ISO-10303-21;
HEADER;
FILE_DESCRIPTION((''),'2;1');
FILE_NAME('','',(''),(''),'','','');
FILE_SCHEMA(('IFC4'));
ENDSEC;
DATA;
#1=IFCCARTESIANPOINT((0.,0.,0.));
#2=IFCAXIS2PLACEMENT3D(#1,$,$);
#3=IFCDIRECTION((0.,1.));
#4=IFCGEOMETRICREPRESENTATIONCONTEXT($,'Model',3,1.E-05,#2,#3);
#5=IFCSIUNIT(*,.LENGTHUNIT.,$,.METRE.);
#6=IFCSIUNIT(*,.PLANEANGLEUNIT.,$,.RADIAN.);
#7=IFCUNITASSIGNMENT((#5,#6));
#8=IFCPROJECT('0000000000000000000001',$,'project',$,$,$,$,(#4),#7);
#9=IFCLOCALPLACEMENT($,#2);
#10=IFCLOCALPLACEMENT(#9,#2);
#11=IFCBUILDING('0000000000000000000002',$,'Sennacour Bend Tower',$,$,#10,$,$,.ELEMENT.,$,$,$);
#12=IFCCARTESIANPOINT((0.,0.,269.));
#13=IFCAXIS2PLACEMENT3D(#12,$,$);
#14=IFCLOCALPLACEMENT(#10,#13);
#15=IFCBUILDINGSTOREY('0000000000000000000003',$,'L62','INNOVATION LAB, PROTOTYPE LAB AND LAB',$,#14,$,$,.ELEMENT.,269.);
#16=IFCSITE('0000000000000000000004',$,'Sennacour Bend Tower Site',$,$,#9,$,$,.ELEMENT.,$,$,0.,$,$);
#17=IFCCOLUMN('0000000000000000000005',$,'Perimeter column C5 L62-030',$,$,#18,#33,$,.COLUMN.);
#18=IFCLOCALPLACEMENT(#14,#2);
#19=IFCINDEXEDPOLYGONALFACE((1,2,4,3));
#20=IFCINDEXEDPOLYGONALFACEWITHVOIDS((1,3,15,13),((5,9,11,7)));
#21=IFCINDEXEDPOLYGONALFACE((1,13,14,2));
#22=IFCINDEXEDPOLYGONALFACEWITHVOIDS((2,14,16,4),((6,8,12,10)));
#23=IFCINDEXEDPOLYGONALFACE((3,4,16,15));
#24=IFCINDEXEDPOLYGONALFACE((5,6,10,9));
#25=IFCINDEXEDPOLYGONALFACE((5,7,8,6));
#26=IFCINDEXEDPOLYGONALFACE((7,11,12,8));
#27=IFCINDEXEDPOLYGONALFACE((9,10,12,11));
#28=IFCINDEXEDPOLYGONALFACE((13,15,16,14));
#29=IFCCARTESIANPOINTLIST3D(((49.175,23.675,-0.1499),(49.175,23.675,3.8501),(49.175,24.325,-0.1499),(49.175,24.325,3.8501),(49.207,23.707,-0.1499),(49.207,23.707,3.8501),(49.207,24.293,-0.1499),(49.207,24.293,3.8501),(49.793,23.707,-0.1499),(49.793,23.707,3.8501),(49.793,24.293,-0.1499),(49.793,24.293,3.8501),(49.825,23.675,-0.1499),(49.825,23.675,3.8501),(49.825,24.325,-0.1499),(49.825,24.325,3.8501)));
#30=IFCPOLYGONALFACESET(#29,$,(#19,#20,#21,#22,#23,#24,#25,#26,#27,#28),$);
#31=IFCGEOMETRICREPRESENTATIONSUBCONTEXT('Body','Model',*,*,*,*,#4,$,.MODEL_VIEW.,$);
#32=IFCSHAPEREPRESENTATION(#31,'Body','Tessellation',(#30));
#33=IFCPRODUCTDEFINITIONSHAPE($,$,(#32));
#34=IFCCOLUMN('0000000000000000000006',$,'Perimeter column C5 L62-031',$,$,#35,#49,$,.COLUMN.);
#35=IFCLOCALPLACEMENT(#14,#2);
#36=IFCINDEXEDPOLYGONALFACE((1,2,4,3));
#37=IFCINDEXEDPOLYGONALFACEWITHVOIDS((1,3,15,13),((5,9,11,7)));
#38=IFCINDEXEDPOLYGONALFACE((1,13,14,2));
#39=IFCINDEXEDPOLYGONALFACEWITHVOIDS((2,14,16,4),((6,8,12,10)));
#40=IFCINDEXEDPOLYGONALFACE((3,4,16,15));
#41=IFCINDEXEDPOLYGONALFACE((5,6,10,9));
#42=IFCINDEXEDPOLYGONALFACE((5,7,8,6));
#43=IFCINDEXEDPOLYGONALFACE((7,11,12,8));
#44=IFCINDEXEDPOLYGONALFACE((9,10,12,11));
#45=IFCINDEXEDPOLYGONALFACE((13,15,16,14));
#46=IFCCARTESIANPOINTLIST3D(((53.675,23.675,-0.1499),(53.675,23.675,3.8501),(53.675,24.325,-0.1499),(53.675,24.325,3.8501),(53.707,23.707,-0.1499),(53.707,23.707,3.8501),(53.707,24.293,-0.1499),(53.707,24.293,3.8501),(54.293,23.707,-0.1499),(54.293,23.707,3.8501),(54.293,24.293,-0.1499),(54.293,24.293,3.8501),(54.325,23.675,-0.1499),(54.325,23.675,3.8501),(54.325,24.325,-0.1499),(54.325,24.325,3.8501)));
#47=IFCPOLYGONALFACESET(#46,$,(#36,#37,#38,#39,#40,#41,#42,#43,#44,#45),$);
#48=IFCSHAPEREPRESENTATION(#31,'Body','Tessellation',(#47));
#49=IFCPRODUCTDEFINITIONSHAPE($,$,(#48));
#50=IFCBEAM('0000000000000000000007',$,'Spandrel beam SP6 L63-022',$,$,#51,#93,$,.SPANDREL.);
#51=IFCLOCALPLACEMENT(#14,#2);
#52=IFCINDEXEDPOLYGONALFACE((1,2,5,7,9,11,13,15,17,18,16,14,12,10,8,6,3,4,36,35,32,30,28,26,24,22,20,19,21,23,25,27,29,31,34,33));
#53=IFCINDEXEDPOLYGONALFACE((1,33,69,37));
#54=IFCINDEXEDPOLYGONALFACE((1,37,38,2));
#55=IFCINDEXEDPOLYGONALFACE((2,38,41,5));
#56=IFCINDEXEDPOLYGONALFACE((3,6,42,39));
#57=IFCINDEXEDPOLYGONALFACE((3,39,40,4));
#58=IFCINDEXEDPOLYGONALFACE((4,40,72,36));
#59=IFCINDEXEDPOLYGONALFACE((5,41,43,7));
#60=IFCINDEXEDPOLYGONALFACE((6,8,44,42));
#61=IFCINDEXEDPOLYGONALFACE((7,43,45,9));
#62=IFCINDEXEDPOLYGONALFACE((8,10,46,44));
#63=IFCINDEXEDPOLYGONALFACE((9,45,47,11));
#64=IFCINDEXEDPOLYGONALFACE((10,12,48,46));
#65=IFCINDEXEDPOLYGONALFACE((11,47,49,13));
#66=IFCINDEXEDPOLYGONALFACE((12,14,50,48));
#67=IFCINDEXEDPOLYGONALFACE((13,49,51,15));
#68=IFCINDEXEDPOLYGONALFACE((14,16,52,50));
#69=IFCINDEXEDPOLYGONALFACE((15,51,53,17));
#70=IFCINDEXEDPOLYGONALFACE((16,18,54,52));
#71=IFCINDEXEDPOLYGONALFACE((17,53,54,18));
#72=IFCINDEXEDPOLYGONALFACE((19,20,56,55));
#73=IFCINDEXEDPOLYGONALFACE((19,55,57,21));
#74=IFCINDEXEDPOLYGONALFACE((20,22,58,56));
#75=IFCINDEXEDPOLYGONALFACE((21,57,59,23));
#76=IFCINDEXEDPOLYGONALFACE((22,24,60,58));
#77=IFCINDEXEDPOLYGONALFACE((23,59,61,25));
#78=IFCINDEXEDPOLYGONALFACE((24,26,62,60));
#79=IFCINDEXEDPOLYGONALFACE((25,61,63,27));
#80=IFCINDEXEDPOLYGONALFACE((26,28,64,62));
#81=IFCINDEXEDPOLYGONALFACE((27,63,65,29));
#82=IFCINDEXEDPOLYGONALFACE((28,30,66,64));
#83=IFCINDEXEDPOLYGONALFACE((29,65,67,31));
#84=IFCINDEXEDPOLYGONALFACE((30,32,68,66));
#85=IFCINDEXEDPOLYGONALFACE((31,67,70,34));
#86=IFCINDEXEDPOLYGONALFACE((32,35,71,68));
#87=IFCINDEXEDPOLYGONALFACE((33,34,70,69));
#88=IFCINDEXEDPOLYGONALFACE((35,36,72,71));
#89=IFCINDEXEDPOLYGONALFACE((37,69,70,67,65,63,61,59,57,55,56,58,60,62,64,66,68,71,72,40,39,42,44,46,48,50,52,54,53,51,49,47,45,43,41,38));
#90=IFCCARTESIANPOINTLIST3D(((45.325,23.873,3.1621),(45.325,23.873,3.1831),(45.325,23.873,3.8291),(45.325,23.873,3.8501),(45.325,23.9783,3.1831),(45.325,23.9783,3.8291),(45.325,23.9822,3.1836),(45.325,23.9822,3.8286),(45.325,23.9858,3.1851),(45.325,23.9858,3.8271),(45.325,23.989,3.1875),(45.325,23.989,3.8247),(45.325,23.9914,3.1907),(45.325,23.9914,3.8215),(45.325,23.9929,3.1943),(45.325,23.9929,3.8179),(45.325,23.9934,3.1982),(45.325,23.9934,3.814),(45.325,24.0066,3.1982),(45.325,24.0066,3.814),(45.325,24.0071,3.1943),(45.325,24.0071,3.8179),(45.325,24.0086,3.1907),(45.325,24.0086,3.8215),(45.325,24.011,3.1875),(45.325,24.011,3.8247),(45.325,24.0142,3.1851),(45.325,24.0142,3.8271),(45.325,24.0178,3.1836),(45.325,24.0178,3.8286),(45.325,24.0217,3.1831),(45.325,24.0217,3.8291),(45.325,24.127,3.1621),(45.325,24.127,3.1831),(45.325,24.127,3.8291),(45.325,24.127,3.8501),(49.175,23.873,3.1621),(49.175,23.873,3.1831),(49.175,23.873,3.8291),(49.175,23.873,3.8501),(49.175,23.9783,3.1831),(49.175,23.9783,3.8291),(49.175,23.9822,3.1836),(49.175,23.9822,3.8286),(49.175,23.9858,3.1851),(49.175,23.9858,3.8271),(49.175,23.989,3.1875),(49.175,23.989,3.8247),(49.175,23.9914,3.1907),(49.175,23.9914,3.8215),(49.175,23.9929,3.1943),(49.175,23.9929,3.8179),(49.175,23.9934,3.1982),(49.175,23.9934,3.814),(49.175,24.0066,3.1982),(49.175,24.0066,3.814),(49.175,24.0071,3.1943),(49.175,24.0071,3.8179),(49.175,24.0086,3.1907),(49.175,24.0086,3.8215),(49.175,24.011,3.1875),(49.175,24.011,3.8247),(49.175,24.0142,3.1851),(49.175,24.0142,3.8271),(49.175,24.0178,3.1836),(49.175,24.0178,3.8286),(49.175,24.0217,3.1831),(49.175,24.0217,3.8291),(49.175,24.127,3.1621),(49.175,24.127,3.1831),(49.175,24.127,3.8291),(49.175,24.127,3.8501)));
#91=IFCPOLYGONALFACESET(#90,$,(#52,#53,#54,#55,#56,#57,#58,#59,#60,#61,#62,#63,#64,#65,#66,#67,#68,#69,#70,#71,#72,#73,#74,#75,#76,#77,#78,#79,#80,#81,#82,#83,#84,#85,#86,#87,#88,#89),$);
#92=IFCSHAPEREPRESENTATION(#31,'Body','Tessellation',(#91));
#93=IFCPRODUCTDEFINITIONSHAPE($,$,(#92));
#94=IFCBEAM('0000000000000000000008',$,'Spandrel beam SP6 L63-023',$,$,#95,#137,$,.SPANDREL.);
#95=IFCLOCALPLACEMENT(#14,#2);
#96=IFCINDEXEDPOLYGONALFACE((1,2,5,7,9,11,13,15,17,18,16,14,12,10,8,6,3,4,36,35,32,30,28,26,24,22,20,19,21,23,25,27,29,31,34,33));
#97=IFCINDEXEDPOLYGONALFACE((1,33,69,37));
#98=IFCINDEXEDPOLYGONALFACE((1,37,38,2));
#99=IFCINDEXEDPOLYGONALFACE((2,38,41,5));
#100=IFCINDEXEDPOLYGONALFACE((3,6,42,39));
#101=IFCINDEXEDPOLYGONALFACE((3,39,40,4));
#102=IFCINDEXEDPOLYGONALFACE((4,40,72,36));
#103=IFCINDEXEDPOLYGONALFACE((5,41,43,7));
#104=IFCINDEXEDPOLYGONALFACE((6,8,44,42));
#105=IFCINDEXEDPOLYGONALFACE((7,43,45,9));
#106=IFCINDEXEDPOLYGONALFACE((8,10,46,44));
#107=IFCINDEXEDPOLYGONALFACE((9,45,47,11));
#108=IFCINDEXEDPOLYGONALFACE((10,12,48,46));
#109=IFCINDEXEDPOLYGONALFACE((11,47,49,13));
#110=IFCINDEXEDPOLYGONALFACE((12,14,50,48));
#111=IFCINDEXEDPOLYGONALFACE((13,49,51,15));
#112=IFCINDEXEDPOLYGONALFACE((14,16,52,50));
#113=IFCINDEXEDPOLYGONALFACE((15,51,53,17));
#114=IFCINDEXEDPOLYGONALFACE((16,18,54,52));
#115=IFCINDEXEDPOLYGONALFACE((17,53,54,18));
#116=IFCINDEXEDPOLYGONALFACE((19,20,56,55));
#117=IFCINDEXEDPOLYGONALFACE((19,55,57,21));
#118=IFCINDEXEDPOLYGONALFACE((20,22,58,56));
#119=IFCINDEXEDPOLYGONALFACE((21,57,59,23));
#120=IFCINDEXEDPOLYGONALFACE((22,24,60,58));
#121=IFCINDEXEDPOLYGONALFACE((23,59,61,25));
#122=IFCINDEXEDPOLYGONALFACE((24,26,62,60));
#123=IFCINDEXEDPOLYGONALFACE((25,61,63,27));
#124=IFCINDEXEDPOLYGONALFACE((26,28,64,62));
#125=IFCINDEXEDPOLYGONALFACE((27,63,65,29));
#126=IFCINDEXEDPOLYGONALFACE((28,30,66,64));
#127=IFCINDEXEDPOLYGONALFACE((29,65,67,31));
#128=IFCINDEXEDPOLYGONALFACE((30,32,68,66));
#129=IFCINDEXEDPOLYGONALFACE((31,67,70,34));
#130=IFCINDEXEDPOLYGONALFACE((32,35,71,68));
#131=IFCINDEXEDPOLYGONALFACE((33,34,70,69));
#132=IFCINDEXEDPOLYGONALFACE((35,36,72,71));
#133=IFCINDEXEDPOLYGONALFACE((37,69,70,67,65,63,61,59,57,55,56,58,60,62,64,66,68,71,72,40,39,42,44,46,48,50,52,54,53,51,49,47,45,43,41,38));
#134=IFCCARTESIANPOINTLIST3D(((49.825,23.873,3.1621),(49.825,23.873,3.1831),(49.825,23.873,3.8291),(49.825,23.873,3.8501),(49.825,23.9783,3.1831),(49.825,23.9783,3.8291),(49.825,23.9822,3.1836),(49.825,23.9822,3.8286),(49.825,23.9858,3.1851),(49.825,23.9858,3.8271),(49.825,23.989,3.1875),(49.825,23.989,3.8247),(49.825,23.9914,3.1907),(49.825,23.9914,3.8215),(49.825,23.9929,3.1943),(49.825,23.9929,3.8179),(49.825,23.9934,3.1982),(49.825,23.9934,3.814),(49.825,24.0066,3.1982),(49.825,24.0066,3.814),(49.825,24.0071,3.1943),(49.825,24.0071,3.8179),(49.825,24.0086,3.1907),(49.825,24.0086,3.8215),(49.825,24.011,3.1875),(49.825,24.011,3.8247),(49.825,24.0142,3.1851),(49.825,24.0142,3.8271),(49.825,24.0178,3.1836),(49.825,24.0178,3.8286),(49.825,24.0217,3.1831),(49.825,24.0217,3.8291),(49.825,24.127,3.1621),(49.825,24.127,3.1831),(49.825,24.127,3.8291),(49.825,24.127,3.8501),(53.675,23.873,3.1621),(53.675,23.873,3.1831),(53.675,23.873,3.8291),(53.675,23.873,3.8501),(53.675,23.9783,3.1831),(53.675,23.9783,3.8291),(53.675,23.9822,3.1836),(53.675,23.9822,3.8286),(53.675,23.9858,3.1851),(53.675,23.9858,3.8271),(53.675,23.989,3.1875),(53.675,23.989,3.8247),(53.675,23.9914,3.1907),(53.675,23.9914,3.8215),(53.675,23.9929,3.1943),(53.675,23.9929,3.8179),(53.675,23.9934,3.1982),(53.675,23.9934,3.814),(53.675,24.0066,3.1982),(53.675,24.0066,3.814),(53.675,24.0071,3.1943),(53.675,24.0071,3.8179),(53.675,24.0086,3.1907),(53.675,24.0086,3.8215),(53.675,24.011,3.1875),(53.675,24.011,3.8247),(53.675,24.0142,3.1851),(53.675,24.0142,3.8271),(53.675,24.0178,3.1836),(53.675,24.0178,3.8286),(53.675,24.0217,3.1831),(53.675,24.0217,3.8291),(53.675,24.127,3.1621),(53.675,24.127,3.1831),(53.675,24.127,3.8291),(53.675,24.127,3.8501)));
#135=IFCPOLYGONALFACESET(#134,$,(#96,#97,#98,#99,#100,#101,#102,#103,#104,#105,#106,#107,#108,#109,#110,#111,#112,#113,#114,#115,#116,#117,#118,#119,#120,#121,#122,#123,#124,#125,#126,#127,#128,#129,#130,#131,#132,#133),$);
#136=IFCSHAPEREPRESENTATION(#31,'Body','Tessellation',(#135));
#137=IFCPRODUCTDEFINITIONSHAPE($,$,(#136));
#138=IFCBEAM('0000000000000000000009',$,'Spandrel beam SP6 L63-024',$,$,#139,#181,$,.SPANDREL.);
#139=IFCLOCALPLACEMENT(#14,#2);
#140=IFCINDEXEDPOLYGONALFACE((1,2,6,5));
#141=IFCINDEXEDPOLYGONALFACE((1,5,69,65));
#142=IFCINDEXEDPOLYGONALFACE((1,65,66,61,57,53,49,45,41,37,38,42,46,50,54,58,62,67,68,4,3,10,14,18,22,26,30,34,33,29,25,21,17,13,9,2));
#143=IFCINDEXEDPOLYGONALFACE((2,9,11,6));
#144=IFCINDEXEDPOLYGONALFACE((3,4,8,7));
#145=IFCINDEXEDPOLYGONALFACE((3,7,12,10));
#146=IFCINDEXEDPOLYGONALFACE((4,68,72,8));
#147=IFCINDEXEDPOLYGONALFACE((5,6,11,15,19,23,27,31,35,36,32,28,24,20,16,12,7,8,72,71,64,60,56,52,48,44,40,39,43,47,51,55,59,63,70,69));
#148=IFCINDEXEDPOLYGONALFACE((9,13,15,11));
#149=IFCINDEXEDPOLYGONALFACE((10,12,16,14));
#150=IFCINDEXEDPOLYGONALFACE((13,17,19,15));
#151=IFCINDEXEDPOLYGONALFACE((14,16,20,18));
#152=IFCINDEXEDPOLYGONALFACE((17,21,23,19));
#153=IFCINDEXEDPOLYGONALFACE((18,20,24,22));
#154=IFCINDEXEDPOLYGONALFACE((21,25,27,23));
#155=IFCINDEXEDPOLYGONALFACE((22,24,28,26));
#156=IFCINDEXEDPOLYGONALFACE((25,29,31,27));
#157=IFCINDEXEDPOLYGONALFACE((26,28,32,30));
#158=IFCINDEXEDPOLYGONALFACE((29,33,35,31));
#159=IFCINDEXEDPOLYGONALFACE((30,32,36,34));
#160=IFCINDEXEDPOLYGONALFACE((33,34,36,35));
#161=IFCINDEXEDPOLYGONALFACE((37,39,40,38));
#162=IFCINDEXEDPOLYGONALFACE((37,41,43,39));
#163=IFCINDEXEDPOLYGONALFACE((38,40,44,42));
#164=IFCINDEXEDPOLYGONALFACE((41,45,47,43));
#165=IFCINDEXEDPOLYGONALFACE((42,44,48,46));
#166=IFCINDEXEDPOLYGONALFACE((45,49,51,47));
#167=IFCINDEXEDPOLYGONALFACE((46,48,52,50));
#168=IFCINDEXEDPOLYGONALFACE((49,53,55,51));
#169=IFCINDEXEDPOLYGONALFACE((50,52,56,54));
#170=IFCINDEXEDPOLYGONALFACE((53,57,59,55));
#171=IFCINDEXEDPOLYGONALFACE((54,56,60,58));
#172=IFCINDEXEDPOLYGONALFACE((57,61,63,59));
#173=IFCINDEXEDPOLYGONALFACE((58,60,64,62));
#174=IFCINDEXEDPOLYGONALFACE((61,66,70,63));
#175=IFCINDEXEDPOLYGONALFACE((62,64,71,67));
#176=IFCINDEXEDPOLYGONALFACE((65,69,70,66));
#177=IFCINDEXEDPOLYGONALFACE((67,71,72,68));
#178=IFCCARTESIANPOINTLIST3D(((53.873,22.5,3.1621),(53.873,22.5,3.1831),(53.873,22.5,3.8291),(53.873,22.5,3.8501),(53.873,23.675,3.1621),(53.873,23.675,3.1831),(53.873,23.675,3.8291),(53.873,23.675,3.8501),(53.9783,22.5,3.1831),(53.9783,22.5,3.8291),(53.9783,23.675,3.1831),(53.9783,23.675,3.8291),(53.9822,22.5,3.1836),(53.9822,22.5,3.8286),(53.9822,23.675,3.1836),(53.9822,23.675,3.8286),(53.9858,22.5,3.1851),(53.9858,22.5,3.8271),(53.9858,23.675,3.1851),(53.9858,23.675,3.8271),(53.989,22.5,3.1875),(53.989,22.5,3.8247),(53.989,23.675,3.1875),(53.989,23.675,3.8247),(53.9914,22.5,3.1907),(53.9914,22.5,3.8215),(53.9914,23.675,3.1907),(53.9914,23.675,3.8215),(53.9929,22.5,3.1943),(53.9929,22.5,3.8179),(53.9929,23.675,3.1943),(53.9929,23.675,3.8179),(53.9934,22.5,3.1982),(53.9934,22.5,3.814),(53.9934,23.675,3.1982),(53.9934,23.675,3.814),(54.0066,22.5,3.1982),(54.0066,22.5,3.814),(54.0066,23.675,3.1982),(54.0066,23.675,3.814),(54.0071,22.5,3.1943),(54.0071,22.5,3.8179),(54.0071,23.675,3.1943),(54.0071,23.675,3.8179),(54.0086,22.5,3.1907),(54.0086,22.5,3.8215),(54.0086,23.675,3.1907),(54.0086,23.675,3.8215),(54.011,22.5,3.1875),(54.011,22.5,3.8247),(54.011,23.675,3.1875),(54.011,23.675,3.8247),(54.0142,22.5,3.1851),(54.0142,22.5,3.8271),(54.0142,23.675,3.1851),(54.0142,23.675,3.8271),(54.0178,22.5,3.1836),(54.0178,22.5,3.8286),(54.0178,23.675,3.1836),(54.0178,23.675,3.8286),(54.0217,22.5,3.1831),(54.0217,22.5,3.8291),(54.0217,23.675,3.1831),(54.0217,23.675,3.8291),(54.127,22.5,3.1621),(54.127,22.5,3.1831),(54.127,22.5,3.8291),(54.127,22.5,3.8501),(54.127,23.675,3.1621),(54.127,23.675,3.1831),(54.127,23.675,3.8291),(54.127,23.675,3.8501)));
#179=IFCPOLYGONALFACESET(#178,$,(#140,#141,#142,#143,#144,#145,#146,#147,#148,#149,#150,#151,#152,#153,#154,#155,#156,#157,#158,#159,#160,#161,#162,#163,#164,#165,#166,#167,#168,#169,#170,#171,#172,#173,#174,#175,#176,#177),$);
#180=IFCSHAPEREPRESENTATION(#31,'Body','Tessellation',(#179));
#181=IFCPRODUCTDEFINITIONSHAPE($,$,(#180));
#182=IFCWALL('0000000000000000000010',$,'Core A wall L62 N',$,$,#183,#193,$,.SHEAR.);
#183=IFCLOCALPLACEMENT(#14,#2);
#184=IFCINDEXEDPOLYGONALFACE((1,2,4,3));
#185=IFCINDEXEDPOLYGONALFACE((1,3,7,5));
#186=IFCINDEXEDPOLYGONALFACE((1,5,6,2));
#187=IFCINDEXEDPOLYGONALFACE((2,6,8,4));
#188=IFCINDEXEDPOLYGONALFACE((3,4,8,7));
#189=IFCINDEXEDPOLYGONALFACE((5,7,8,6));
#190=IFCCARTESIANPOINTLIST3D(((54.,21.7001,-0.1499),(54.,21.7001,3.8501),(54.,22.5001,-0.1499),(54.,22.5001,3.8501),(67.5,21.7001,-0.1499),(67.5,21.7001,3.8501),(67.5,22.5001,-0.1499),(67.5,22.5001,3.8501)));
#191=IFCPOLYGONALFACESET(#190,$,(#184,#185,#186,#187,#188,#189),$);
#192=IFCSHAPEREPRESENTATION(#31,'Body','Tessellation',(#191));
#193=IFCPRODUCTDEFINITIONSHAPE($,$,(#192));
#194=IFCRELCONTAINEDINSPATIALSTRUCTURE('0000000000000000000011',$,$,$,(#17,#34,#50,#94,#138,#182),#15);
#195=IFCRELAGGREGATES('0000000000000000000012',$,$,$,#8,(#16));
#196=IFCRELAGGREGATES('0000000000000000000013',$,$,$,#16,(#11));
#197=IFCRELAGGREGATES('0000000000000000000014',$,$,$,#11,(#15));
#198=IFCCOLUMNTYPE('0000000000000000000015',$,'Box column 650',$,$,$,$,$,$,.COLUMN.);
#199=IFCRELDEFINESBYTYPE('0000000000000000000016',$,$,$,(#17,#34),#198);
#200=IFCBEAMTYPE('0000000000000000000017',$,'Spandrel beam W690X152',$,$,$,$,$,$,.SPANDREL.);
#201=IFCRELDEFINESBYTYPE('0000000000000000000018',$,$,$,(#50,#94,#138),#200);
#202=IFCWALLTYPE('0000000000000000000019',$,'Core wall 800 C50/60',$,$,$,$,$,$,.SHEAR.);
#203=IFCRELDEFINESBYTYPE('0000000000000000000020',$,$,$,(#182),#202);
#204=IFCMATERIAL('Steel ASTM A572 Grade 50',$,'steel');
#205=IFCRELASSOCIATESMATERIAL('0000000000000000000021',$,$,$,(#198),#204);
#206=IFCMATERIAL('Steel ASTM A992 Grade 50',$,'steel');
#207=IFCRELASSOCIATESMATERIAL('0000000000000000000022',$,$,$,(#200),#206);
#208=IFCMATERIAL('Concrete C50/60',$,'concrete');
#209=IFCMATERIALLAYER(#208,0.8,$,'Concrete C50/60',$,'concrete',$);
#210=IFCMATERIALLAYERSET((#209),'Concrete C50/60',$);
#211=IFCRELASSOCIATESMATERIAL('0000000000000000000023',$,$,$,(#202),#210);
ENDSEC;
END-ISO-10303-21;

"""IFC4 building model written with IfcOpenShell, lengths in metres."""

from ifc_helpers import new_model, si_unit, direction, frame, frame_2d, origin, origin_2d, place, context, subcontext, project, spatial, rectangle, hollow_rectangle, i_section, extrude, material, layer, layer_set, material_profile, profile_set, type_object, element, save


model = new_model("IFC4")

# Units and contexts
model_context = context("Model", 3, precision=1e-05, world=origin(), true_north=direction((0.0, 1.0)))
body_context = subcontext(model_context, "Body", "Model", "MODEL_VIEW")
ifc_project = project(units=[si_unit("LENGTHUNIT", "METRE"), si_unit("PLANEANGLEUNIT", "RADIAN")], contexts=[model_context])

# Site, building, storey
site_placement = place(None, origin())
site = spatial("IfcSite", under=ifc_project, at=site_placement, Name="Sennacour Bend Tower Site", CompositionType="ELEMENT", RefElevation=0.0)
building_placement = place(site_placement, origin())
building = spatial("IfcBuilding", under=site, at=building_placement, Name="Sennacour Bend Tower", CompositionType="ELEMENT")
storey_placement = place(building_placement, frame((0.0, 0.0, 269.0)))
storey = spatial("IfcBuildingStorey", under=building, at=storey_placement, Name="L62", Description="INNOVATION LAB, PROTOTYPE LAB AND LAB", CompositionType="ELEMENT", Elevation=269.0)

# Columns
ifc_material_1 = material(Name="Steel ASTM A572 Grade 50", Category="steel")
ifc_material_profile_1 = material_profile(ifc_material_1, hollow_rectangle(XDim=0.6499, YDim=0.6499, WallThickness=0.032, at=origin_2d()), Name="Steel ASTM A572 Grade 50", Category="steel")
ifc_profile_set_1 = profile_set([ifc_material_profile_1], Name="Steel ASTM A572 Grade 50")
column_type = type_object("IfcColumnType", Name="Box column 650", PredefinedType="COLUMN", material=ifc_profile_set_1)
for number, where, z_axis, x_axis, name in (
    (1, (49.5, 24.0, -0.1499), (0.0, 0.0, 1.0), (1.0, 0.0, 0.0), "Perimeter column C5 L62-030"),
    (2, (54.0, 24.0, -0.1499), (0.0, 0.0, 1.0), (1.0, 0.0, 0.0), "Perimeter column C5 L62-031"),
):
    element("IfcColumn", number, at=place(storey_placement, frame(where, z_axis=z_axis, x_axis=x_axis)), inside=storey, type_object=column_type, Name=name, PredefinedType="COLUMN", context=body_context, shape_type="SweptSolid", body=[
        extrude(hollow_rectangle(XDim=0.6499, YDim=0.6499, WallThickness=0.032, at=origin_2d()), origin(), (0.0, 0.0, 1.0), 4.0),
    ])

# Beams
ifc_material_2 = material(Name="Steel ASTM A992 Grade 50", Category="steel")
ifc_material_profile_2 = material_profile(ifc_material_2, i_section(OverallWidth=0.2539, OverallDepth=0.688, WebThickness=0.0132, FlangeThickness=0.021, FilletRadius=0.0151, at=origin_2d()), Name="Steel ASTM A992 Grade 50", Category="steel")
ifc_profile_set_2 = profile_set([ifc_material_profile_2], Name="Steel ASTM A992 Grade 50")
beam_type = type_object("IfcBeamType", Name="Spandrel beam W690X152", PredefinedType="SPANDREL", material=ifc_profile_set_2)
for number, where, z_axis, x_axis, name in (
    (3, (45.325, 24.0, 3.5061), (1.0, 0.0, 0.0), (0.0, 1.0, 0.0), "Spandrel beam SP6 L63-022"),
    (4, (49.825, 24.0, 3.5061), (1.0, 0.0, 0.0), (0.0, 1.0, 0.0), "Spandrel beam SP6 L63-023"),
):
    element("IfcBeam", number, at=place(storey_placement, frame(where, z_axis=z_axis, x_axis=x_axis)), inside=storey, type_object=beam_type, Name=name, PredefinedType="SPANDREL", context=body_context, shape_type="SweptSolid", body=[
        extrude(i_section(OverallWidth=0.2539, OverallDepth=0.688, WebThickness=0.0132, FlangeThickness=0.021, FilletRadius=0.0151, at=origin_2d()), origin(), (0.0, 0.0, 1.0), 3.8501),
    ])
beam_placement = place(storey_placement, frame((54.0, 23.675, 3.5061), z_axis=(0.0, -1.0, 0.0), x_axis=(1.0, 0.0, 0.0)))
element("IfcBeam", 5, at=beam_placement, inside=storey, type_object=beam_type, Name="Spandrel beam SP6 L63-024", PredefinedType="SPANDREL", context=body_context, shape_type="SweptSolid", body=[
    extrude(i_section(OverallWidth=0.2539, OverallDepth=0.688, WebThickness=0.0132, FlangeThickness=0.021, FilletRadius=0.0151, at=origin_2d()), origin(), (0.0, 0.0, 1.0), 1.175),
])

# Wall
ifc_material_3 = material(Name="Concrete C50/60", Category="concrete")
ifc_layer_1 = layer(ifc_material_3, 0.8, Name="Concrete C50/60", Category="concrete")
ifc_layer_set_1 = layer_set([ifc_layer_1], Name="Concrete C50/60")
wall_type_1 = type_object("IfcWallType", Name="Core wall 800 C50/60", PredefinedType="SHEAR", material=ifc_layer_set_1)
wall_1_placement = place(storey_placement, frame((54.0, 22.1001, -0.1499), z_axis=(0.0, 0.0, 1.0), x_axis=(1.0, 0.0, 0.0)))
element("IfcWall", 6, at=wall_1_placement, inside=storey, type_object=wall_type_1, Name="Core A wall L62 N", PredefinedType="SHEAR", context=body_context, shape_type="SweptSolid", body=[
    extrude(rectangle(XDim=13.5, YDim=0.8, at=frame_2d((6.75, 0.0))), origin(), (0.0, 0.0, 1.0), 4.0),
])

save(model, "model.ifc")
